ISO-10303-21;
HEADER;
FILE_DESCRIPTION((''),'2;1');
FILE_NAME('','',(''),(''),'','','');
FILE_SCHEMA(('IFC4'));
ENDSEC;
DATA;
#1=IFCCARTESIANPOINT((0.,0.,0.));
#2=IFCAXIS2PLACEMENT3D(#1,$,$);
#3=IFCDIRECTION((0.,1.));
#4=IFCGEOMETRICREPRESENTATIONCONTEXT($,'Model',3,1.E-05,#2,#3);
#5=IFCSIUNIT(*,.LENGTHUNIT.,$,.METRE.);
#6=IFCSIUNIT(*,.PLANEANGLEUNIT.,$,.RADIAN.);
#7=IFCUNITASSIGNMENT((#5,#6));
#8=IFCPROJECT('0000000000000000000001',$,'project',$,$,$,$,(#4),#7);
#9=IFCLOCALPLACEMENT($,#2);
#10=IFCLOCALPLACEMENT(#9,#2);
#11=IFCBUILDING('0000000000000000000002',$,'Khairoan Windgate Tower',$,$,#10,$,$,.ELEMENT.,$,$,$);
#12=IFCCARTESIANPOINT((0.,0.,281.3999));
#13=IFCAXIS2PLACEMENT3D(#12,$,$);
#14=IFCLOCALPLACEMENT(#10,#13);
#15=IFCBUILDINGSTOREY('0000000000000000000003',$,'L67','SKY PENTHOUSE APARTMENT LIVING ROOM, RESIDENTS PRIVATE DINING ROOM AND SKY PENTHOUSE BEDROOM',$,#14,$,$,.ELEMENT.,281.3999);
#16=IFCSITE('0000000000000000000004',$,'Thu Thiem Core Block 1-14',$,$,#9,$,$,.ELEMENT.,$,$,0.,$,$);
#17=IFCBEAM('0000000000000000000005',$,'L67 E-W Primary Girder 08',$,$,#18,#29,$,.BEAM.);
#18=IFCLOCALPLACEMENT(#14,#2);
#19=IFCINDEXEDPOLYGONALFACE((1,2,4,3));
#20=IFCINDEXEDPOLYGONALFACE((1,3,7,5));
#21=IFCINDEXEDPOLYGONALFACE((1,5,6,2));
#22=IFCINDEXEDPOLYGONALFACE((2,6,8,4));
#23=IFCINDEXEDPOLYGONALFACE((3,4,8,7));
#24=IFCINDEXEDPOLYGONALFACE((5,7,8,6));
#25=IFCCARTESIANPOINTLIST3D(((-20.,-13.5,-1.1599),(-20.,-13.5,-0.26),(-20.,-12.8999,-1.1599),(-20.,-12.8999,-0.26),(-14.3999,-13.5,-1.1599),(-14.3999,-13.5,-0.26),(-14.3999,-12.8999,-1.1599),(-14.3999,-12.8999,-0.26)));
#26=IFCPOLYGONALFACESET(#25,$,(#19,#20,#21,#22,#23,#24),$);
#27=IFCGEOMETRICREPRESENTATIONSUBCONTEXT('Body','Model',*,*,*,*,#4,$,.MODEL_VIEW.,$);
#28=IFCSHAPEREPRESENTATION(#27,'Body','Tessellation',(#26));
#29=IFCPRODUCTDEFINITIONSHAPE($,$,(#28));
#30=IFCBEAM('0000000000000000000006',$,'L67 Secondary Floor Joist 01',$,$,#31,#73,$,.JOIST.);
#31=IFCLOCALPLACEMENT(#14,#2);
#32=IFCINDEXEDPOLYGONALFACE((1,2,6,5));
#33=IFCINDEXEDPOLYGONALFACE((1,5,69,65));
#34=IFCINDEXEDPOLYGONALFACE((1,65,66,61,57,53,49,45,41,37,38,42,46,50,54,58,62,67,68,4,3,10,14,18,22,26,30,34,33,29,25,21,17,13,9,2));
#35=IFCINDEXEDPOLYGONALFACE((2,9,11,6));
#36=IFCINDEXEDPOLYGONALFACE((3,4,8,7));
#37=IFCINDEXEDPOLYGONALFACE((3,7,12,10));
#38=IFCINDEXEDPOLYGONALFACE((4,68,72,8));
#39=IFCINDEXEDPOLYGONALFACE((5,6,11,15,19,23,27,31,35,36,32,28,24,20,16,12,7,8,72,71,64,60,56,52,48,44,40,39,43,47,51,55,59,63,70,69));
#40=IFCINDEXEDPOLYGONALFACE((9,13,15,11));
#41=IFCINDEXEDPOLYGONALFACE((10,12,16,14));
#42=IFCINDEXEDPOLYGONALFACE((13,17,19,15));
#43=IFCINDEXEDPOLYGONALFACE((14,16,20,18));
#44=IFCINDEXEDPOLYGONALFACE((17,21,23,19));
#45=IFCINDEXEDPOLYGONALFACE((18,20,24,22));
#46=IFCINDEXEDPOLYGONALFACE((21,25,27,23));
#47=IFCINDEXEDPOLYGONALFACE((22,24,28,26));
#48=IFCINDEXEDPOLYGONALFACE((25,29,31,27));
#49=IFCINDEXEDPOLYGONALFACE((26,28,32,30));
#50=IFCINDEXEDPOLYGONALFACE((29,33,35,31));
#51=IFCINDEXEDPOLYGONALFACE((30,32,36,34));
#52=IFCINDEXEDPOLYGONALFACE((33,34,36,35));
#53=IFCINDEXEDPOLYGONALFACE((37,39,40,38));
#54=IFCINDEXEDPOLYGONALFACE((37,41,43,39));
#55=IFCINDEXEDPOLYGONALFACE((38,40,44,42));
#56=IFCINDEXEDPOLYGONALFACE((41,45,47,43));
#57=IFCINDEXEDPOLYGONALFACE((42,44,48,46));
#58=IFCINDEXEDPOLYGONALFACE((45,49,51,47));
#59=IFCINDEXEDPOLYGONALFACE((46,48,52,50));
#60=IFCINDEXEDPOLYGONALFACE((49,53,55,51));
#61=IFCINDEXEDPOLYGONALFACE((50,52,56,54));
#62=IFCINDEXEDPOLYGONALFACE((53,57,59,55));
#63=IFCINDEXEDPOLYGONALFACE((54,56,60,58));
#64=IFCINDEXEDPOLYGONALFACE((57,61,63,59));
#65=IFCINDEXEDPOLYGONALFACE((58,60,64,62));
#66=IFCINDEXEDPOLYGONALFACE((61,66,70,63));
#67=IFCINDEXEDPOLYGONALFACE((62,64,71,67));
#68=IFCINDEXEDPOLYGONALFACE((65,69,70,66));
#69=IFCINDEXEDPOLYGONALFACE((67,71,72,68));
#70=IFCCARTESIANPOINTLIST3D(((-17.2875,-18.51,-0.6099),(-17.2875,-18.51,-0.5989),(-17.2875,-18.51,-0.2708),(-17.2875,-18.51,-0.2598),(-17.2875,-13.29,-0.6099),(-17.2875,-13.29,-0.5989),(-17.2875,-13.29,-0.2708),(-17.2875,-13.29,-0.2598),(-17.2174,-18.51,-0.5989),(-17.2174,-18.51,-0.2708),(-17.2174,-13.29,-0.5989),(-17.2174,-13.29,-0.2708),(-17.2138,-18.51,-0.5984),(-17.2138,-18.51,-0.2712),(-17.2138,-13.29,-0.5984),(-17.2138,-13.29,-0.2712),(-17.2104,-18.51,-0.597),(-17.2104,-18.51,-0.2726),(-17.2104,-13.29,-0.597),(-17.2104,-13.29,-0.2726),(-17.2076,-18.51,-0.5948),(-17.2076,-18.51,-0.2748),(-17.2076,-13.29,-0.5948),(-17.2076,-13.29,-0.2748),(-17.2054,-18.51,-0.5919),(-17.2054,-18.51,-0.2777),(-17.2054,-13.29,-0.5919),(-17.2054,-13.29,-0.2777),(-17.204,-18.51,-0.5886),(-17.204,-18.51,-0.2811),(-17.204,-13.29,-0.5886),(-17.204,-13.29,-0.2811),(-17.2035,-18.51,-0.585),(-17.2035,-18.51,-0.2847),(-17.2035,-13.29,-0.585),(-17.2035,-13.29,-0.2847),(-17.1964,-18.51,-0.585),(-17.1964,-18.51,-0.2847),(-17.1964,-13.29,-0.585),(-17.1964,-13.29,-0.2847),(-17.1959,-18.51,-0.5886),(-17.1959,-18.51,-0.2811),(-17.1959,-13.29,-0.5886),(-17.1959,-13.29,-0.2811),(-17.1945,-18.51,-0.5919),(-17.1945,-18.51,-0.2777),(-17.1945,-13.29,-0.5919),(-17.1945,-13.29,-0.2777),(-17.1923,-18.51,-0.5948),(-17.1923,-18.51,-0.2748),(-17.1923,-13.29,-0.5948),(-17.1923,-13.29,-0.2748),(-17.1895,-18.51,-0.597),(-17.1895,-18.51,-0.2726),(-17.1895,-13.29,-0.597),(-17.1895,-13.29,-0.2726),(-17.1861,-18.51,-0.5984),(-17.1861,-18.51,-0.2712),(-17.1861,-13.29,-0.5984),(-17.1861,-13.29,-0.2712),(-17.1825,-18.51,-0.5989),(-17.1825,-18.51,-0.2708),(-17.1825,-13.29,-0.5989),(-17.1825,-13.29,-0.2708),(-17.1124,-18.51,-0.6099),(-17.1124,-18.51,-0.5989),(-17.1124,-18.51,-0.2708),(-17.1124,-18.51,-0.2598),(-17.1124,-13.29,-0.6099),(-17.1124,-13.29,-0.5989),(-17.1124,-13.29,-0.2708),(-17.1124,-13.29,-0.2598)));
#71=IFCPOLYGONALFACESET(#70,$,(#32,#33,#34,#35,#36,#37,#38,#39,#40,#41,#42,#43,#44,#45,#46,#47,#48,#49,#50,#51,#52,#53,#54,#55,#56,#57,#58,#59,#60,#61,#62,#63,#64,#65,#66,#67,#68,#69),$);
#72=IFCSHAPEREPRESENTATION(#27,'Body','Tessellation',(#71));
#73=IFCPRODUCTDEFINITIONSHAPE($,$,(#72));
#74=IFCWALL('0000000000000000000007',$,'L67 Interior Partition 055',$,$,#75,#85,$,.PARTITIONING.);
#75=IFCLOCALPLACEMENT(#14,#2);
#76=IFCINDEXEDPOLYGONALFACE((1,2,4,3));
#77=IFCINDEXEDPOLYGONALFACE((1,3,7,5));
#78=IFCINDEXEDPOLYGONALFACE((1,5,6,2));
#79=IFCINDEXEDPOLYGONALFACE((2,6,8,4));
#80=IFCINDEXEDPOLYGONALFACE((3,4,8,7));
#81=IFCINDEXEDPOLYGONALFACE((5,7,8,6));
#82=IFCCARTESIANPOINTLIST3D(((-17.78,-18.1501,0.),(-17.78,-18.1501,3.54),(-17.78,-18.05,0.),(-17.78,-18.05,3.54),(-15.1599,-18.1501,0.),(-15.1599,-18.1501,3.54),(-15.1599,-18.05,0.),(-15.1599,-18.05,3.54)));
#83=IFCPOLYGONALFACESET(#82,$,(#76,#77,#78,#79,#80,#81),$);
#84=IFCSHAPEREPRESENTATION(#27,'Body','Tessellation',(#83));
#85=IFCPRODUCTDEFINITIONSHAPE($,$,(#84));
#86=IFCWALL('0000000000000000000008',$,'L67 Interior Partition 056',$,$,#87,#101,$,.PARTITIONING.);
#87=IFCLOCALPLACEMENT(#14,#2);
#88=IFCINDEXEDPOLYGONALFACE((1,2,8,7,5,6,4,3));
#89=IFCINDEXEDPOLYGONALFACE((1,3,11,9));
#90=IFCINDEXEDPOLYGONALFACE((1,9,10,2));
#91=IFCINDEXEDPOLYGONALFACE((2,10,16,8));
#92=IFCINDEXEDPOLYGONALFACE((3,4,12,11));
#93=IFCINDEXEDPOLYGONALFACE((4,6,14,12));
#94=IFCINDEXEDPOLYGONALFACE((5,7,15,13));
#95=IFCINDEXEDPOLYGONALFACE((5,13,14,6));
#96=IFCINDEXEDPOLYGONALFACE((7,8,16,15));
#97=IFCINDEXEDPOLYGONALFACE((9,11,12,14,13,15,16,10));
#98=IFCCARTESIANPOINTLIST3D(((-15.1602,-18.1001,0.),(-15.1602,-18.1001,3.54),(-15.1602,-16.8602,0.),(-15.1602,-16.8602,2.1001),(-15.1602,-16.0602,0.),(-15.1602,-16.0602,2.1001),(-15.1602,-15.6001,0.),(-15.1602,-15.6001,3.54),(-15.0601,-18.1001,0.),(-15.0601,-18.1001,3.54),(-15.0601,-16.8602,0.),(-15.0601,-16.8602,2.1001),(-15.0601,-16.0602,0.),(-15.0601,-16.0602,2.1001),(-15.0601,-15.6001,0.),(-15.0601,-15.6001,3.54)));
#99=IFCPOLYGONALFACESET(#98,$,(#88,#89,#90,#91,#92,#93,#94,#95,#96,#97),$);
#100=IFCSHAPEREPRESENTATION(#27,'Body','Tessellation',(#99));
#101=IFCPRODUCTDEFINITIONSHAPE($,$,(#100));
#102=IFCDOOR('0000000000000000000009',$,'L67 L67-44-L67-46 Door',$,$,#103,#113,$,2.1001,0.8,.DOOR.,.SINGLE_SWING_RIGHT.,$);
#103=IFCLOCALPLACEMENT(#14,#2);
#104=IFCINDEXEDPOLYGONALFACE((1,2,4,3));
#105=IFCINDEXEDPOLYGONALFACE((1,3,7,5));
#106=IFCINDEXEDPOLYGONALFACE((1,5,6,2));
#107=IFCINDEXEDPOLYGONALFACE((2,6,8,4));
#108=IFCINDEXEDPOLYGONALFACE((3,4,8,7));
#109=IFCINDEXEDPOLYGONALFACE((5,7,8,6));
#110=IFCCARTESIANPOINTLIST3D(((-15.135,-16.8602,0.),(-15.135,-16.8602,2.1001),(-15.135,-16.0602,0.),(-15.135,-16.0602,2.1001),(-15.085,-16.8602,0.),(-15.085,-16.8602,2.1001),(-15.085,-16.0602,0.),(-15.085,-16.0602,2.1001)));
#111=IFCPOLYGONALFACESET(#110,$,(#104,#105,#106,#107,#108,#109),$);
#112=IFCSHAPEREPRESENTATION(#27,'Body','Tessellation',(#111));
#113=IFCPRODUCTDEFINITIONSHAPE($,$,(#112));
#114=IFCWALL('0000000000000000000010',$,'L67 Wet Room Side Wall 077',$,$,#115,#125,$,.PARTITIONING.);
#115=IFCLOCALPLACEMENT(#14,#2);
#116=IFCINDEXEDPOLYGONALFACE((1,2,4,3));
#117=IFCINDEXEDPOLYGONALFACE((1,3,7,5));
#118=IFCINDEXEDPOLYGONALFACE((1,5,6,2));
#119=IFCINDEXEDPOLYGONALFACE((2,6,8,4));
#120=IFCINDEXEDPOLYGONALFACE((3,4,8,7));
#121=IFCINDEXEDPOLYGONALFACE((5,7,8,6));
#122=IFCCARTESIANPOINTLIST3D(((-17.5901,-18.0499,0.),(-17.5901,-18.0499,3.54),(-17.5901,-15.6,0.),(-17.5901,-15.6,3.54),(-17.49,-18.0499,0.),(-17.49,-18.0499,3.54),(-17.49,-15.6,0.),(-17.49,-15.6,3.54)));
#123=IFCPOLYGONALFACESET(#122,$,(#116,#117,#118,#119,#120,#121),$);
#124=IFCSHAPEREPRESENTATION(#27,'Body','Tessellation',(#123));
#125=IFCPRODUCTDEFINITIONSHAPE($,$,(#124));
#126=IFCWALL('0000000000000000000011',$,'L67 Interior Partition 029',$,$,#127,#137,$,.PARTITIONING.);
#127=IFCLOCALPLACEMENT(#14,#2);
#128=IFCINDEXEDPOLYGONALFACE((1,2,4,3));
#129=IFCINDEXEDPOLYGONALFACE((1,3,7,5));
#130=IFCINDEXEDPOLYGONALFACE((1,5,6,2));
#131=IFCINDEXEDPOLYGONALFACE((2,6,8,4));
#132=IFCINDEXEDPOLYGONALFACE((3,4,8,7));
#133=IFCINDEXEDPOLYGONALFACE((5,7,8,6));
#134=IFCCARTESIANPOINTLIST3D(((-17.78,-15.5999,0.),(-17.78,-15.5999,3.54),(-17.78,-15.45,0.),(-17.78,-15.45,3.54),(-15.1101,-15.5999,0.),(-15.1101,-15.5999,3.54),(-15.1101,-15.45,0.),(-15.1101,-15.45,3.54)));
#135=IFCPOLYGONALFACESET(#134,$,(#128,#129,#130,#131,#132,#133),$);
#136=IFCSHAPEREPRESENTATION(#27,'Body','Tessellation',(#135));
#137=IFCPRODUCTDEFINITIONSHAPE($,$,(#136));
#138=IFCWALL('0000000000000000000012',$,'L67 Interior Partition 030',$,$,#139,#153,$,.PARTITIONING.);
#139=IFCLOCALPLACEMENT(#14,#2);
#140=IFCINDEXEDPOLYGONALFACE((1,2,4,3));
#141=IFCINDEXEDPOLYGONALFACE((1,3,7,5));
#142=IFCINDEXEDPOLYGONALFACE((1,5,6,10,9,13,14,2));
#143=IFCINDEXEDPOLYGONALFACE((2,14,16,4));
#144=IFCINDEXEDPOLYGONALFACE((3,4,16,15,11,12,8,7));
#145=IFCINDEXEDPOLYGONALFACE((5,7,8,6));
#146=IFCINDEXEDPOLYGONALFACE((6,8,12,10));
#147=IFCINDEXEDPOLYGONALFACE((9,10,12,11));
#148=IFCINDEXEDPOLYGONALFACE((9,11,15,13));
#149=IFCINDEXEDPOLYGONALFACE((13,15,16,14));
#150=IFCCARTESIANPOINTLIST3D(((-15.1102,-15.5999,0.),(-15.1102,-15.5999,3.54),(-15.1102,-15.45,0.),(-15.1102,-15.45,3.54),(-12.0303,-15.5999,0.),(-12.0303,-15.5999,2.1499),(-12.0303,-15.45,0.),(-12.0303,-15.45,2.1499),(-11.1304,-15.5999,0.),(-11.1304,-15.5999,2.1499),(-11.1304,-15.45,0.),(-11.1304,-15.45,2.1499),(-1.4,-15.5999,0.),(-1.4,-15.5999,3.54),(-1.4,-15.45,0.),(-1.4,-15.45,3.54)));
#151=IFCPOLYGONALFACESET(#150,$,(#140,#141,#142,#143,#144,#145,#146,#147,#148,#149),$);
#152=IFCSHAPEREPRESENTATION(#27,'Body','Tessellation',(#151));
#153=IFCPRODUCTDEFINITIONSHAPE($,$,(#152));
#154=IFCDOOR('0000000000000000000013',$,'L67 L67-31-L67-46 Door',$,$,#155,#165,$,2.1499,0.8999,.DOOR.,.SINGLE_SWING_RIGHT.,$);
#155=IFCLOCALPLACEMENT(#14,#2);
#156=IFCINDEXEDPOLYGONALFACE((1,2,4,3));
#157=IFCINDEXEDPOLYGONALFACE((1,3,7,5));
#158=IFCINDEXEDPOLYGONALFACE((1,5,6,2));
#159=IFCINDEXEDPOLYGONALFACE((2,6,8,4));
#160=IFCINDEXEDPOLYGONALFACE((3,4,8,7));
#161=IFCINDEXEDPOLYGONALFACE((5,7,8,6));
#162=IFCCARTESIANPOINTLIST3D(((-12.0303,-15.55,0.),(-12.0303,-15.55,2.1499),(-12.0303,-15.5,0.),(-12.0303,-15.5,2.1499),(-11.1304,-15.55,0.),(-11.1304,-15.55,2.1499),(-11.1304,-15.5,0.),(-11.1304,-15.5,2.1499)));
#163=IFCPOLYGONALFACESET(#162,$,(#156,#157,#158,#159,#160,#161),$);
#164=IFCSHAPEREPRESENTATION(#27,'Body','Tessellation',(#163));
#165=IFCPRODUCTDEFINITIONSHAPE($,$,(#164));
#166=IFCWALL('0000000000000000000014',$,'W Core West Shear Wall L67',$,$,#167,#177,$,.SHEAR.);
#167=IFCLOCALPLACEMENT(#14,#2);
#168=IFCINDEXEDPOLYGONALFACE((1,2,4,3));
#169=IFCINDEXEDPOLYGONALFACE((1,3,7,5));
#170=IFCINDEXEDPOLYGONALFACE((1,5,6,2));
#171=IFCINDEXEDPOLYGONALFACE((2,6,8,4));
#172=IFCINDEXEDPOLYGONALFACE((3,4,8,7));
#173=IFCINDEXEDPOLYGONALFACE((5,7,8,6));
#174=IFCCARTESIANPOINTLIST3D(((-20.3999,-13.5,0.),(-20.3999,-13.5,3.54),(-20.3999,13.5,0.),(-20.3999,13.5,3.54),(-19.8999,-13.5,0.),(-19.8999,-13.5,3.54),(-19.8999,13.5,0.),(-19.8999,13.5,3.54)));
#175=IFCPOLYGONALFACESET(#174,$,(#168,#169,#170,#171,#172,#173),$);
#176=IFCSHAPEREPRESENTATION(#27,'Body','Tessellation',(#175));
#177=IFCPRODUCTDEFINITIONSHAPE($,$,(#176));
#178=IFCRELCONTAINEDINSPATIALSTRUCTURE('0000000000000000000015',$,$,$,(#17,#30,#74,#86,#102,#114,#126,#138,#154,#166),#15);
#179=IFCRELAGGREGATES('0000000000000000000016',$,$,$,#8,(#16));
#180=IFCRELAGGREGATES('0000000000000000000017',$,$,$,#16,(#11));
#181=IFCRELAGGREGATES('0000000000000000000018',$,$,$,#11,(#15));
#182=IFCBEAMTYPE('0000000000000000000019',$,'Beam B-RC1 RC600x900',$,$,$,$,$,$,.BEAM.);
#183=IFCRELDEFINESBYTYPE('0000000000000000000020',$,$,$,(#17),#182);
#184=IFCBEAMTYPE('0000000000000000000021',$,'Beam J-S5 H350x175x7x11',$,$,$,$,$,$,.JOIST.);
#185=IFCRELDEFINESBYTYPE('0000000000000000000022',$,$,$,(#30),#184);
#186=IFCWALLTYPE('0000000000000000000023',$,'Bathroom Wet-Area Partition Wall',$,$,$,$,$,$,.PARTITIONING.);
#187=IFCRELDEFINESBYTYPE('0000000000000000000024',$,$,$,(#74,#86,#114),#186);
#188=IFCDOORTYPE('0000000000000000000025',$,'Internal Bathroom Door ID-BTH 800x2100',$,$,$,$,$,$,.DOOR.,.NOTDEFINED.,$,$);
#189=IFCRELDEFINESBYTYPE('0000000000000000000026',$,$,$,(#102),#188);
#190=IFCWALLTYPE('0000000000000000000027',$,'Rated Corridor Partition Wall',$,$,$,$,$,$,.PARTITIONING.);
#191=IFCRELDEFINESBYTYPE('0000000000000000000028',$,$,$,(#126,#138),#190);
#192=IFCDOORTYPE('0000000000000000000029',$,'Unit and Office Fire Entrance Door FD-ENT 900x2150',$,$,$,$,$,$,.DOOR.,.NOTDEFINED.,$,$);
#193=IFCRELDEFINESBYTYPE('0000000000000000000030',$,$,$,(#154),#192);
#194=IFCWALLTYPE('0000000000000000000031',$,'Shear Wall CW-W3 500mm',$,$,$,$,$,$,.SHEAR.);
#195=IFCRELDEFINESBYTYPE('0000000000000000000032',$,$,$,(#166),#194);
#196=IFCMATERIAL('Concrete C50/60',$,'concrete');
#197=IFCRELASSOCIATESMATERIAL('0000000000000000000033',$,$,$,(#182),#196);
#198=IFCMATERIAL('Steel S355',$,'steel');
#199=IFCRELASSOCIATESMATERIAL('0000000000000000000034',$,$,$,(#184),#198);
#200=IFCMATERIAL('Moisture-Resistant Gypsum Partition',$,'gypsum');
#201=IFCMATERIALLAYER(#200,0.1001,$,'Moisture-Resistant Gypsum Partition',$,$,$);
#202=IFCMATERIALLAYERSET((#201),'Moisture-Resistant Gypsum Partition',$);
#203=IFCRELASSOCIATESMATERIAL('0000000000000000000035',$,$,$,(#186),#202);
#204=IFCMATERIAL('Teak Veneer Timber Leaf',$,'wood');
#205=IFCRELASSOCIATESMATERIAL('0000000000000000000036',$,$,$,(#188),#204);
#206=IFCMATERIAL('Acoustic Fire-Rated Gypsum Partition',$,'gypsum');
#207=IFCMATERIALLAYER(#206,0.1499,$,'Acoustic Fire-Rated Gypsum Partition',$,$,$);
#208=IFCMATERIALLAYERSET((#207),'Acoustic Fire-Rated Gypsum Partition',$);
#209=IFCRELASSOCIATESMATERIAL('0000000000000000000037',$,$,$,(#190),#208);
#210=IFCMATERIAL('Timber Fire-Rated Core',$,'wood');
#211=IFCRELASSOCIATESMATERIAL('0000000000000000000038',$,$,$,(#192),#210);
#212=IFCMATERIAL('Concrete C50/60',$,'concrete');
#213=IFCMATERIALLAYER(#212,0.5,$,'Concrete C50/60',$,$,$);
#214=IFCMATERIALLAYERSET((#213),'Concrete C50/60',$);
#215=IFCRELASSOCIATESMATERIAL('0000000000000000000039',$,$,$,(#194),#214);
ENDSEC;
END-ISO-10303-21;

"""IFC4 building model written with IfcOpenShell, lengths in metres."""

from ifc_helpers import new_model, si_unit, direction, frame, frame_2d, origin, origin_2d, place, context, subcontext, project, spatial, rectangle, i_section, extrude, material, layer, layer_set, material_profile, profile_set, type_object, element, fill, save


model = new_model("IFC4")

# Units and contexts
model_context = context("Model", 3, precision=1e-05, world=origin(), true_north=direction((0.0, 1.0)))
body_context = subcontext(model_context, "Body", "Model", "MODEL_VIEW")
ifc_project = project(units=[si_unit("LENGTHUNIT", "METRE"), si_unit("PLANEANGLEUNIT", "RADIAN")], contexts=[model_context])

# Site, building, storey
site_placement = place(None, origin())
site = spatial("IfcSite", under=ifc_project, at=site_placement, Name="Thu Thiem Core Block 1-14", CompositionType="ELEMENT", RefElevation=0.0)
building_placement = place(site_placement, origin())
building = spatial("IfcBuilding", under=site, at=building_placement, Name="Khairoan Windgate Tower", CompositionType="ELEMENT")
storey_placement = place(building_placement, frame((0.0, 0.0, 281.3999)))
storey = spatial("IfcBuildingStorey", under=building, at=storey_placement, Name="L67", Description="SKY PENTHOUSE APARTMENT LIVING ROOM, RESIDENTS PRIVATE DINING ROOM AND SKY PENTHOUSE BEDROOM", CompositionType="ELEMENT", Elevation=281.3999)

# Beams
ifc_material_1 = material(Name="Concrete C50/60", Category="concrete")
ifc_material_profile_1 = material_profile(ifc_material_1, rectangle(XDim=0.6001, YDim=0.8999, at=origin_2d()))
ifc_profile_set_1 = profile_set([ifc_material_profile_1], Name="Concrete C50/60")
beam_type_1 = type_object("IfcBeamType", Name="Beam B-RC1 RC600x900", PredefinedType="BEAM", material=ifc_profile_set_1)
beam_1_placement = place(storey_placement, frame((-20.0, -13.2, -0.71), z_axis=(1.0, 0.0, 0.0), x_axis=(0.0, 1.0, 0.0)))
element("IfcBeam", 1, at=beam_1_placement, inside=storey, type_object=beam_type_1, Name="L67 E-W Primary Girder 08", PredefinedType="BEAM", context=body_context, shape_type="SweptSolid", body=[
    extrude(rectangle(XDim=0.6001, YDim=0.8999, at=origin_2d()), origin(), (0.0, 0.0, 1.0), 5.6001),
])
ifc_material_2 = material(Name="Steel S355", Category="steel")
ifc_material_profile_2 = material_profile(ifc_material_2, i_section(OverallWidth=0.175, OverallDepth=0.3501, WebThickness=0.0071, FlangeThickness=0.011, FilletRadius=0.0139, at=origin_2d()))
ifc_profile_set_2 = profile_set([ifc_material_profile_2], Name="Steel S355")
beam_type_2 = type_object("IfcBeamType", Name="Beam J-S5 H350x175x7x11", PredefinedType="JOIST", material=ifc_profile_set_2)
beam_2_placement = place(storey_placement, frame((-17.2, -18.51, -0.4348), z_axis=(0.0, 1.0, 0.0), x_axis=(-1.0, 0.0, 0.0)))
element("IfcBeam", 2, at=beam_2_placement, inside=storey, type_object=beam_type_2, Name="L67 Secondary Floor Joist 01", PredefinedType="JOIST", context=body_context, shape_type="SweptSolid", body=[
    extrude(i_section(OverallWidth=0.175, OverallDepth=0.3501, WebThickness=0.0071, FlangeThickness=0.011, FilletRadius=0.0139, at=origin_2d()), origin(), (0.0, 0.0, 1.0), 5.22),
])

# Wall
ifc_material_3 = material(Name="Moisture-Resistant Gypsum Partition", Category="gypsum")
ifc_layer_1 = layer(ifc_material_3, 0.1001, Name="Moisture-Resistant Gypsum Partition")
ifc_layer_set_1 = layer_set([ifc_layer_1], Name="Moisture-Resistant Gypsum Partition")
wall_type_1 = type_object("IfcWallType", Name="Bathroom Wet-Area Partition Wall", PredefinedType="PARTITIONING", material=ifc_layer_set_1)
wall_1_placement = place(storey_placement, frame((-17.78, -18.1001, 0.0), z_axis=(0.0, 0.0, 1.0), x_axis=(1.0, 0.0, 0.0)))
element("IfcWall", 3, at=wall_1_placement, inside=storey, type_object=wall_type_1, Name="L67 Interior Partition 055", PredefinedType="PARTITIONING", context=body_context, shape_type="SweptSolid", body=[
    extrude(rectangle(XDim=2.6201, YDim=0.1001, at=frame_2d((1.3101, 0.0))), origin(), (0.0, 0.0, 1.0), 3.54),
])

# Wall, opening, door
wall_2_placement = place(storey_placement, frame((-15.1101, -18.1001, 0.0), z_axis=(0.0, 0.0, 1.0), x_axis=(0.0, 1.0, 0.0)))
wall_2 = element("IfcWall", 4, at=wall_2_placement, inside=storey, type_object=wall_type_1, Name="L67 Interior Partition 056", PredefinedType="PARTITIONING", context=body_context, shape_type="SweptSolid", body=[
    extrude(rectangle(XDim=2.5, YDim=0.1001, at=frame_2d((1.25, 0.0))), origin(), (0.0, 0.0, 1.0), 3.54),
])
opening_1_placement = place(wall_2_placement, frame((1.24, 0.0, 0.0)))
opening_1 = element("IfcOpeningElement", 5, at=opening_1_placement, cuts=wall_2, PredefinedType="OPENING", context=body_context, shape_type="SweptSolid", body=[
    extrude(rectangle(XDim=0.8, YDim=2.1001, at=frame_2d((0.3999, 1.05))), frame((0.0, 0.0601, 0.0), z_axis=(0.0, -1.0, 0.0), x_axis=(1.0, 0.0, 0.0)), (0.0, 0.0, 1.0), 0.1201),
])
ifc_material_4 = material(Name="Teak Veneer Timber Leaf", Category="wood")
door_type_1 = type_object("IfcDoorType", Name="Internal Bathroom Door ID-BTH 800x2100", OperationType="NOTDEFINED", PredefinedType="DOOR", material=ifc_material_4)
door_1_placement = place(opening_1_placement, origin())
door_1 = element("IfcDoor", 6, at=door_1_placement, inside=storey, type_object=door_type_1, Name="L67 L67-44-L67-46 Door", OperationType="SINGLE_SWING_RIGHT", OverallHeight=2.1001, OverallWidth=0.8, PredefinedType="DOOR", context=body_context, shape_type="SweptSolid", body=[
    extrude(rectangle(XDim=0.8, YDim=2.1001, at=frame_2d((0.3999, 1.05))), frame((0.0, 0.0249, 0.0), z_axis=(0.0, -1.0, 0.0), x_axis=(1.0, 0.0, 0.0)), (0.0, 0.0, 1.0), 0.05),
])
fill(opening_1, door_1)

# Walls
wall_3_placement = place(storey_placement, frame((-17.54, -18.05, 0.0), z_axis=(0.0, 0.0, 1.0), x_axis=(0.0, 1.0, 0.0)))
element("IfcWall", 7, at=wall_3_placement, inside=storey, type_object=wall_type_1, Name="L67 Wet Room Side Wall 077", PredefinedType="PARTITIONING", context=body_context, shape_type="SweptSolid", body=[
    extrude(rectangle(XDim=2.45, YDim=0.1001, at=frame_2d((1.2251, 0.0))), origin(), (0.0, 0.0, 1.0), 3.54),
])
ifc_material_5 = material(Name="Acoustic Fire-Rated Gypsum Partition", Category="gypsum")
ifc_layer_2 = layer(ifc_material_5, 0.1499, Name="Acoustic Fire-Rated Gypsum Partition")
ifc_layer_set_2 = layer_set([ifc_layer_2], Name="Acoustic Fire-Rated Gypsum Partition")
wall_type_2 = type_object("IfcWallType", Name="Rated Corridor Partition Wall", PredefinedType="PARTITIONING", material=ifc_layer_set_2)
wall_4_placement = place(storey_placement, frame((-17.78, -15.5249, 0.0), z_axis=(0.0, 0.0, 1.0), x_axis=(1.0, 0.0, 0.0)))
element("IfcWall", 8, at=wall_4_placement, inside=storey, type_object=wall_type_2, Name="L67 Interior Partition 029", PredefinedType="PARTITIONING", context=body_context, shape_type="SweptSolid", body=[
    extrude(rectangle(XDim=2.6699, YDim=0.1499, at=frame_2d((1.335, 0.0))), origin(), (0.0, 0.0, 1.0), 3.54),
])

# Wall, opening, door
wall_5_placement = place(storey_placement, frame((-15.1101, -15.5249, 0.0), z_axis=(0.0, 0.0, 1.0), x_axis=(1.0, 0.0, 0.0)))
wall_5 = element("IfcWall", 9, at=wall_5_placement, inside=storey, type_object=wall_type_2, Name="L67 Interior Partition 030", PredefinedType="PARTITIONING", context=body_context, shape_type="SweptSolid", body=[
    extrude(rectangle(XDim=13.7102, YDim=0.1499, at=frame_2d((6.855, 0.0))), origin(), (0.0, 0.0, 1.0), 3.54),
])
opening_2_placement = place(wall_5_placement, frame((3.0798, 0.0, 0.0)))
opening_2 = element("IfcOpeningElement", 10, at=opening_2_placement, cuts=wall_5, PredefinedType="OPENING", context=body_context, shape_type="SweptSolid", body=[
    extrude(rectangle(XDim=0.8999, YDim=2.1499, at=frame_2d((0.45, 1.075))), frame((0.0, 0.085, 0.0), z_axis=(0.0, -1.0, 0.0), x_axis=(1.0, 0.0, 0.0)), (0.0, 0.0, 1.0), 0.1699),
])
ifc_material_6 = material(Name="Timber Fire-Rated Core", Category="wood")
door_type_2 = type_object("IfcDoorType", Name="Unit and Office Fire Entrance Door FD-ENT 900x2150", OperationType="NOTDEFINED", PredefinedType="DOOR", material=ifc_material_6)
door_2_placement = place(opening_2_placement, origin())
door_2 = element("IfcDoor", 11, at=door_2_placement, inside=storey, type_object=door_type_2, Name="L67 L67-31-L67-46 Door", OperationType="SINGLE_SWING_RIGHT", OverallHeight=2.1499, OverallWidth=0.8999, PredefinedType="DOOR", context=body_context, shape_type="SweptSolid", body=[
    extrude(rectangle(XDim=0.8999, YDim=2.1499, at=frame_2d((0.45, 1.075))), frame((0.0, 0.0249, 0.0), z_axis=(0.0, -1.0, 0.0), x_axis=(1.0, 0.0, 0.0)), (0.0, 0.0, 1.0), 0.05),
])
fill(opening_2, door_2)

# Wall
ifc_material_7 = material(Name="Concrete C50/60", Category="concrete")
ifc_layer_3 = layer(ifc_material_7, 0.5, Name="Concrete C50/60")
ifc_layer_set_3 = layer_set([ifc_layer_3], Name="Concrete C50/60")
wall_type_3 = type_object("IfcWallType", Name="Shear Wall CW-W3 500mm", PredefinedType="SHEAR", material=ifc_layer_set_3)
wall_6_placement = place(storey_placement, frame((-20.1499, -13.5, 0.0), z_axis=(0.0, 0.0, 1.0), x_axis=(0.0, 1.0, 0.0)))
element("IfcWall", 12, at=wall_6_placement, inside=storey, type_object=wall_type_3, Name="W Core West Shear Wall L67", PredefinedType="SHEAR", context=body_context, shape_type="SweptSolid", body=[
    extrude(rectangle(XDim=27.0, YDim=0.5, at=frame_2d((13.5, 0.0))), origin(), (0.0, 0.0, 1.0), 3.54),
])

save(model, "model.ifc")
